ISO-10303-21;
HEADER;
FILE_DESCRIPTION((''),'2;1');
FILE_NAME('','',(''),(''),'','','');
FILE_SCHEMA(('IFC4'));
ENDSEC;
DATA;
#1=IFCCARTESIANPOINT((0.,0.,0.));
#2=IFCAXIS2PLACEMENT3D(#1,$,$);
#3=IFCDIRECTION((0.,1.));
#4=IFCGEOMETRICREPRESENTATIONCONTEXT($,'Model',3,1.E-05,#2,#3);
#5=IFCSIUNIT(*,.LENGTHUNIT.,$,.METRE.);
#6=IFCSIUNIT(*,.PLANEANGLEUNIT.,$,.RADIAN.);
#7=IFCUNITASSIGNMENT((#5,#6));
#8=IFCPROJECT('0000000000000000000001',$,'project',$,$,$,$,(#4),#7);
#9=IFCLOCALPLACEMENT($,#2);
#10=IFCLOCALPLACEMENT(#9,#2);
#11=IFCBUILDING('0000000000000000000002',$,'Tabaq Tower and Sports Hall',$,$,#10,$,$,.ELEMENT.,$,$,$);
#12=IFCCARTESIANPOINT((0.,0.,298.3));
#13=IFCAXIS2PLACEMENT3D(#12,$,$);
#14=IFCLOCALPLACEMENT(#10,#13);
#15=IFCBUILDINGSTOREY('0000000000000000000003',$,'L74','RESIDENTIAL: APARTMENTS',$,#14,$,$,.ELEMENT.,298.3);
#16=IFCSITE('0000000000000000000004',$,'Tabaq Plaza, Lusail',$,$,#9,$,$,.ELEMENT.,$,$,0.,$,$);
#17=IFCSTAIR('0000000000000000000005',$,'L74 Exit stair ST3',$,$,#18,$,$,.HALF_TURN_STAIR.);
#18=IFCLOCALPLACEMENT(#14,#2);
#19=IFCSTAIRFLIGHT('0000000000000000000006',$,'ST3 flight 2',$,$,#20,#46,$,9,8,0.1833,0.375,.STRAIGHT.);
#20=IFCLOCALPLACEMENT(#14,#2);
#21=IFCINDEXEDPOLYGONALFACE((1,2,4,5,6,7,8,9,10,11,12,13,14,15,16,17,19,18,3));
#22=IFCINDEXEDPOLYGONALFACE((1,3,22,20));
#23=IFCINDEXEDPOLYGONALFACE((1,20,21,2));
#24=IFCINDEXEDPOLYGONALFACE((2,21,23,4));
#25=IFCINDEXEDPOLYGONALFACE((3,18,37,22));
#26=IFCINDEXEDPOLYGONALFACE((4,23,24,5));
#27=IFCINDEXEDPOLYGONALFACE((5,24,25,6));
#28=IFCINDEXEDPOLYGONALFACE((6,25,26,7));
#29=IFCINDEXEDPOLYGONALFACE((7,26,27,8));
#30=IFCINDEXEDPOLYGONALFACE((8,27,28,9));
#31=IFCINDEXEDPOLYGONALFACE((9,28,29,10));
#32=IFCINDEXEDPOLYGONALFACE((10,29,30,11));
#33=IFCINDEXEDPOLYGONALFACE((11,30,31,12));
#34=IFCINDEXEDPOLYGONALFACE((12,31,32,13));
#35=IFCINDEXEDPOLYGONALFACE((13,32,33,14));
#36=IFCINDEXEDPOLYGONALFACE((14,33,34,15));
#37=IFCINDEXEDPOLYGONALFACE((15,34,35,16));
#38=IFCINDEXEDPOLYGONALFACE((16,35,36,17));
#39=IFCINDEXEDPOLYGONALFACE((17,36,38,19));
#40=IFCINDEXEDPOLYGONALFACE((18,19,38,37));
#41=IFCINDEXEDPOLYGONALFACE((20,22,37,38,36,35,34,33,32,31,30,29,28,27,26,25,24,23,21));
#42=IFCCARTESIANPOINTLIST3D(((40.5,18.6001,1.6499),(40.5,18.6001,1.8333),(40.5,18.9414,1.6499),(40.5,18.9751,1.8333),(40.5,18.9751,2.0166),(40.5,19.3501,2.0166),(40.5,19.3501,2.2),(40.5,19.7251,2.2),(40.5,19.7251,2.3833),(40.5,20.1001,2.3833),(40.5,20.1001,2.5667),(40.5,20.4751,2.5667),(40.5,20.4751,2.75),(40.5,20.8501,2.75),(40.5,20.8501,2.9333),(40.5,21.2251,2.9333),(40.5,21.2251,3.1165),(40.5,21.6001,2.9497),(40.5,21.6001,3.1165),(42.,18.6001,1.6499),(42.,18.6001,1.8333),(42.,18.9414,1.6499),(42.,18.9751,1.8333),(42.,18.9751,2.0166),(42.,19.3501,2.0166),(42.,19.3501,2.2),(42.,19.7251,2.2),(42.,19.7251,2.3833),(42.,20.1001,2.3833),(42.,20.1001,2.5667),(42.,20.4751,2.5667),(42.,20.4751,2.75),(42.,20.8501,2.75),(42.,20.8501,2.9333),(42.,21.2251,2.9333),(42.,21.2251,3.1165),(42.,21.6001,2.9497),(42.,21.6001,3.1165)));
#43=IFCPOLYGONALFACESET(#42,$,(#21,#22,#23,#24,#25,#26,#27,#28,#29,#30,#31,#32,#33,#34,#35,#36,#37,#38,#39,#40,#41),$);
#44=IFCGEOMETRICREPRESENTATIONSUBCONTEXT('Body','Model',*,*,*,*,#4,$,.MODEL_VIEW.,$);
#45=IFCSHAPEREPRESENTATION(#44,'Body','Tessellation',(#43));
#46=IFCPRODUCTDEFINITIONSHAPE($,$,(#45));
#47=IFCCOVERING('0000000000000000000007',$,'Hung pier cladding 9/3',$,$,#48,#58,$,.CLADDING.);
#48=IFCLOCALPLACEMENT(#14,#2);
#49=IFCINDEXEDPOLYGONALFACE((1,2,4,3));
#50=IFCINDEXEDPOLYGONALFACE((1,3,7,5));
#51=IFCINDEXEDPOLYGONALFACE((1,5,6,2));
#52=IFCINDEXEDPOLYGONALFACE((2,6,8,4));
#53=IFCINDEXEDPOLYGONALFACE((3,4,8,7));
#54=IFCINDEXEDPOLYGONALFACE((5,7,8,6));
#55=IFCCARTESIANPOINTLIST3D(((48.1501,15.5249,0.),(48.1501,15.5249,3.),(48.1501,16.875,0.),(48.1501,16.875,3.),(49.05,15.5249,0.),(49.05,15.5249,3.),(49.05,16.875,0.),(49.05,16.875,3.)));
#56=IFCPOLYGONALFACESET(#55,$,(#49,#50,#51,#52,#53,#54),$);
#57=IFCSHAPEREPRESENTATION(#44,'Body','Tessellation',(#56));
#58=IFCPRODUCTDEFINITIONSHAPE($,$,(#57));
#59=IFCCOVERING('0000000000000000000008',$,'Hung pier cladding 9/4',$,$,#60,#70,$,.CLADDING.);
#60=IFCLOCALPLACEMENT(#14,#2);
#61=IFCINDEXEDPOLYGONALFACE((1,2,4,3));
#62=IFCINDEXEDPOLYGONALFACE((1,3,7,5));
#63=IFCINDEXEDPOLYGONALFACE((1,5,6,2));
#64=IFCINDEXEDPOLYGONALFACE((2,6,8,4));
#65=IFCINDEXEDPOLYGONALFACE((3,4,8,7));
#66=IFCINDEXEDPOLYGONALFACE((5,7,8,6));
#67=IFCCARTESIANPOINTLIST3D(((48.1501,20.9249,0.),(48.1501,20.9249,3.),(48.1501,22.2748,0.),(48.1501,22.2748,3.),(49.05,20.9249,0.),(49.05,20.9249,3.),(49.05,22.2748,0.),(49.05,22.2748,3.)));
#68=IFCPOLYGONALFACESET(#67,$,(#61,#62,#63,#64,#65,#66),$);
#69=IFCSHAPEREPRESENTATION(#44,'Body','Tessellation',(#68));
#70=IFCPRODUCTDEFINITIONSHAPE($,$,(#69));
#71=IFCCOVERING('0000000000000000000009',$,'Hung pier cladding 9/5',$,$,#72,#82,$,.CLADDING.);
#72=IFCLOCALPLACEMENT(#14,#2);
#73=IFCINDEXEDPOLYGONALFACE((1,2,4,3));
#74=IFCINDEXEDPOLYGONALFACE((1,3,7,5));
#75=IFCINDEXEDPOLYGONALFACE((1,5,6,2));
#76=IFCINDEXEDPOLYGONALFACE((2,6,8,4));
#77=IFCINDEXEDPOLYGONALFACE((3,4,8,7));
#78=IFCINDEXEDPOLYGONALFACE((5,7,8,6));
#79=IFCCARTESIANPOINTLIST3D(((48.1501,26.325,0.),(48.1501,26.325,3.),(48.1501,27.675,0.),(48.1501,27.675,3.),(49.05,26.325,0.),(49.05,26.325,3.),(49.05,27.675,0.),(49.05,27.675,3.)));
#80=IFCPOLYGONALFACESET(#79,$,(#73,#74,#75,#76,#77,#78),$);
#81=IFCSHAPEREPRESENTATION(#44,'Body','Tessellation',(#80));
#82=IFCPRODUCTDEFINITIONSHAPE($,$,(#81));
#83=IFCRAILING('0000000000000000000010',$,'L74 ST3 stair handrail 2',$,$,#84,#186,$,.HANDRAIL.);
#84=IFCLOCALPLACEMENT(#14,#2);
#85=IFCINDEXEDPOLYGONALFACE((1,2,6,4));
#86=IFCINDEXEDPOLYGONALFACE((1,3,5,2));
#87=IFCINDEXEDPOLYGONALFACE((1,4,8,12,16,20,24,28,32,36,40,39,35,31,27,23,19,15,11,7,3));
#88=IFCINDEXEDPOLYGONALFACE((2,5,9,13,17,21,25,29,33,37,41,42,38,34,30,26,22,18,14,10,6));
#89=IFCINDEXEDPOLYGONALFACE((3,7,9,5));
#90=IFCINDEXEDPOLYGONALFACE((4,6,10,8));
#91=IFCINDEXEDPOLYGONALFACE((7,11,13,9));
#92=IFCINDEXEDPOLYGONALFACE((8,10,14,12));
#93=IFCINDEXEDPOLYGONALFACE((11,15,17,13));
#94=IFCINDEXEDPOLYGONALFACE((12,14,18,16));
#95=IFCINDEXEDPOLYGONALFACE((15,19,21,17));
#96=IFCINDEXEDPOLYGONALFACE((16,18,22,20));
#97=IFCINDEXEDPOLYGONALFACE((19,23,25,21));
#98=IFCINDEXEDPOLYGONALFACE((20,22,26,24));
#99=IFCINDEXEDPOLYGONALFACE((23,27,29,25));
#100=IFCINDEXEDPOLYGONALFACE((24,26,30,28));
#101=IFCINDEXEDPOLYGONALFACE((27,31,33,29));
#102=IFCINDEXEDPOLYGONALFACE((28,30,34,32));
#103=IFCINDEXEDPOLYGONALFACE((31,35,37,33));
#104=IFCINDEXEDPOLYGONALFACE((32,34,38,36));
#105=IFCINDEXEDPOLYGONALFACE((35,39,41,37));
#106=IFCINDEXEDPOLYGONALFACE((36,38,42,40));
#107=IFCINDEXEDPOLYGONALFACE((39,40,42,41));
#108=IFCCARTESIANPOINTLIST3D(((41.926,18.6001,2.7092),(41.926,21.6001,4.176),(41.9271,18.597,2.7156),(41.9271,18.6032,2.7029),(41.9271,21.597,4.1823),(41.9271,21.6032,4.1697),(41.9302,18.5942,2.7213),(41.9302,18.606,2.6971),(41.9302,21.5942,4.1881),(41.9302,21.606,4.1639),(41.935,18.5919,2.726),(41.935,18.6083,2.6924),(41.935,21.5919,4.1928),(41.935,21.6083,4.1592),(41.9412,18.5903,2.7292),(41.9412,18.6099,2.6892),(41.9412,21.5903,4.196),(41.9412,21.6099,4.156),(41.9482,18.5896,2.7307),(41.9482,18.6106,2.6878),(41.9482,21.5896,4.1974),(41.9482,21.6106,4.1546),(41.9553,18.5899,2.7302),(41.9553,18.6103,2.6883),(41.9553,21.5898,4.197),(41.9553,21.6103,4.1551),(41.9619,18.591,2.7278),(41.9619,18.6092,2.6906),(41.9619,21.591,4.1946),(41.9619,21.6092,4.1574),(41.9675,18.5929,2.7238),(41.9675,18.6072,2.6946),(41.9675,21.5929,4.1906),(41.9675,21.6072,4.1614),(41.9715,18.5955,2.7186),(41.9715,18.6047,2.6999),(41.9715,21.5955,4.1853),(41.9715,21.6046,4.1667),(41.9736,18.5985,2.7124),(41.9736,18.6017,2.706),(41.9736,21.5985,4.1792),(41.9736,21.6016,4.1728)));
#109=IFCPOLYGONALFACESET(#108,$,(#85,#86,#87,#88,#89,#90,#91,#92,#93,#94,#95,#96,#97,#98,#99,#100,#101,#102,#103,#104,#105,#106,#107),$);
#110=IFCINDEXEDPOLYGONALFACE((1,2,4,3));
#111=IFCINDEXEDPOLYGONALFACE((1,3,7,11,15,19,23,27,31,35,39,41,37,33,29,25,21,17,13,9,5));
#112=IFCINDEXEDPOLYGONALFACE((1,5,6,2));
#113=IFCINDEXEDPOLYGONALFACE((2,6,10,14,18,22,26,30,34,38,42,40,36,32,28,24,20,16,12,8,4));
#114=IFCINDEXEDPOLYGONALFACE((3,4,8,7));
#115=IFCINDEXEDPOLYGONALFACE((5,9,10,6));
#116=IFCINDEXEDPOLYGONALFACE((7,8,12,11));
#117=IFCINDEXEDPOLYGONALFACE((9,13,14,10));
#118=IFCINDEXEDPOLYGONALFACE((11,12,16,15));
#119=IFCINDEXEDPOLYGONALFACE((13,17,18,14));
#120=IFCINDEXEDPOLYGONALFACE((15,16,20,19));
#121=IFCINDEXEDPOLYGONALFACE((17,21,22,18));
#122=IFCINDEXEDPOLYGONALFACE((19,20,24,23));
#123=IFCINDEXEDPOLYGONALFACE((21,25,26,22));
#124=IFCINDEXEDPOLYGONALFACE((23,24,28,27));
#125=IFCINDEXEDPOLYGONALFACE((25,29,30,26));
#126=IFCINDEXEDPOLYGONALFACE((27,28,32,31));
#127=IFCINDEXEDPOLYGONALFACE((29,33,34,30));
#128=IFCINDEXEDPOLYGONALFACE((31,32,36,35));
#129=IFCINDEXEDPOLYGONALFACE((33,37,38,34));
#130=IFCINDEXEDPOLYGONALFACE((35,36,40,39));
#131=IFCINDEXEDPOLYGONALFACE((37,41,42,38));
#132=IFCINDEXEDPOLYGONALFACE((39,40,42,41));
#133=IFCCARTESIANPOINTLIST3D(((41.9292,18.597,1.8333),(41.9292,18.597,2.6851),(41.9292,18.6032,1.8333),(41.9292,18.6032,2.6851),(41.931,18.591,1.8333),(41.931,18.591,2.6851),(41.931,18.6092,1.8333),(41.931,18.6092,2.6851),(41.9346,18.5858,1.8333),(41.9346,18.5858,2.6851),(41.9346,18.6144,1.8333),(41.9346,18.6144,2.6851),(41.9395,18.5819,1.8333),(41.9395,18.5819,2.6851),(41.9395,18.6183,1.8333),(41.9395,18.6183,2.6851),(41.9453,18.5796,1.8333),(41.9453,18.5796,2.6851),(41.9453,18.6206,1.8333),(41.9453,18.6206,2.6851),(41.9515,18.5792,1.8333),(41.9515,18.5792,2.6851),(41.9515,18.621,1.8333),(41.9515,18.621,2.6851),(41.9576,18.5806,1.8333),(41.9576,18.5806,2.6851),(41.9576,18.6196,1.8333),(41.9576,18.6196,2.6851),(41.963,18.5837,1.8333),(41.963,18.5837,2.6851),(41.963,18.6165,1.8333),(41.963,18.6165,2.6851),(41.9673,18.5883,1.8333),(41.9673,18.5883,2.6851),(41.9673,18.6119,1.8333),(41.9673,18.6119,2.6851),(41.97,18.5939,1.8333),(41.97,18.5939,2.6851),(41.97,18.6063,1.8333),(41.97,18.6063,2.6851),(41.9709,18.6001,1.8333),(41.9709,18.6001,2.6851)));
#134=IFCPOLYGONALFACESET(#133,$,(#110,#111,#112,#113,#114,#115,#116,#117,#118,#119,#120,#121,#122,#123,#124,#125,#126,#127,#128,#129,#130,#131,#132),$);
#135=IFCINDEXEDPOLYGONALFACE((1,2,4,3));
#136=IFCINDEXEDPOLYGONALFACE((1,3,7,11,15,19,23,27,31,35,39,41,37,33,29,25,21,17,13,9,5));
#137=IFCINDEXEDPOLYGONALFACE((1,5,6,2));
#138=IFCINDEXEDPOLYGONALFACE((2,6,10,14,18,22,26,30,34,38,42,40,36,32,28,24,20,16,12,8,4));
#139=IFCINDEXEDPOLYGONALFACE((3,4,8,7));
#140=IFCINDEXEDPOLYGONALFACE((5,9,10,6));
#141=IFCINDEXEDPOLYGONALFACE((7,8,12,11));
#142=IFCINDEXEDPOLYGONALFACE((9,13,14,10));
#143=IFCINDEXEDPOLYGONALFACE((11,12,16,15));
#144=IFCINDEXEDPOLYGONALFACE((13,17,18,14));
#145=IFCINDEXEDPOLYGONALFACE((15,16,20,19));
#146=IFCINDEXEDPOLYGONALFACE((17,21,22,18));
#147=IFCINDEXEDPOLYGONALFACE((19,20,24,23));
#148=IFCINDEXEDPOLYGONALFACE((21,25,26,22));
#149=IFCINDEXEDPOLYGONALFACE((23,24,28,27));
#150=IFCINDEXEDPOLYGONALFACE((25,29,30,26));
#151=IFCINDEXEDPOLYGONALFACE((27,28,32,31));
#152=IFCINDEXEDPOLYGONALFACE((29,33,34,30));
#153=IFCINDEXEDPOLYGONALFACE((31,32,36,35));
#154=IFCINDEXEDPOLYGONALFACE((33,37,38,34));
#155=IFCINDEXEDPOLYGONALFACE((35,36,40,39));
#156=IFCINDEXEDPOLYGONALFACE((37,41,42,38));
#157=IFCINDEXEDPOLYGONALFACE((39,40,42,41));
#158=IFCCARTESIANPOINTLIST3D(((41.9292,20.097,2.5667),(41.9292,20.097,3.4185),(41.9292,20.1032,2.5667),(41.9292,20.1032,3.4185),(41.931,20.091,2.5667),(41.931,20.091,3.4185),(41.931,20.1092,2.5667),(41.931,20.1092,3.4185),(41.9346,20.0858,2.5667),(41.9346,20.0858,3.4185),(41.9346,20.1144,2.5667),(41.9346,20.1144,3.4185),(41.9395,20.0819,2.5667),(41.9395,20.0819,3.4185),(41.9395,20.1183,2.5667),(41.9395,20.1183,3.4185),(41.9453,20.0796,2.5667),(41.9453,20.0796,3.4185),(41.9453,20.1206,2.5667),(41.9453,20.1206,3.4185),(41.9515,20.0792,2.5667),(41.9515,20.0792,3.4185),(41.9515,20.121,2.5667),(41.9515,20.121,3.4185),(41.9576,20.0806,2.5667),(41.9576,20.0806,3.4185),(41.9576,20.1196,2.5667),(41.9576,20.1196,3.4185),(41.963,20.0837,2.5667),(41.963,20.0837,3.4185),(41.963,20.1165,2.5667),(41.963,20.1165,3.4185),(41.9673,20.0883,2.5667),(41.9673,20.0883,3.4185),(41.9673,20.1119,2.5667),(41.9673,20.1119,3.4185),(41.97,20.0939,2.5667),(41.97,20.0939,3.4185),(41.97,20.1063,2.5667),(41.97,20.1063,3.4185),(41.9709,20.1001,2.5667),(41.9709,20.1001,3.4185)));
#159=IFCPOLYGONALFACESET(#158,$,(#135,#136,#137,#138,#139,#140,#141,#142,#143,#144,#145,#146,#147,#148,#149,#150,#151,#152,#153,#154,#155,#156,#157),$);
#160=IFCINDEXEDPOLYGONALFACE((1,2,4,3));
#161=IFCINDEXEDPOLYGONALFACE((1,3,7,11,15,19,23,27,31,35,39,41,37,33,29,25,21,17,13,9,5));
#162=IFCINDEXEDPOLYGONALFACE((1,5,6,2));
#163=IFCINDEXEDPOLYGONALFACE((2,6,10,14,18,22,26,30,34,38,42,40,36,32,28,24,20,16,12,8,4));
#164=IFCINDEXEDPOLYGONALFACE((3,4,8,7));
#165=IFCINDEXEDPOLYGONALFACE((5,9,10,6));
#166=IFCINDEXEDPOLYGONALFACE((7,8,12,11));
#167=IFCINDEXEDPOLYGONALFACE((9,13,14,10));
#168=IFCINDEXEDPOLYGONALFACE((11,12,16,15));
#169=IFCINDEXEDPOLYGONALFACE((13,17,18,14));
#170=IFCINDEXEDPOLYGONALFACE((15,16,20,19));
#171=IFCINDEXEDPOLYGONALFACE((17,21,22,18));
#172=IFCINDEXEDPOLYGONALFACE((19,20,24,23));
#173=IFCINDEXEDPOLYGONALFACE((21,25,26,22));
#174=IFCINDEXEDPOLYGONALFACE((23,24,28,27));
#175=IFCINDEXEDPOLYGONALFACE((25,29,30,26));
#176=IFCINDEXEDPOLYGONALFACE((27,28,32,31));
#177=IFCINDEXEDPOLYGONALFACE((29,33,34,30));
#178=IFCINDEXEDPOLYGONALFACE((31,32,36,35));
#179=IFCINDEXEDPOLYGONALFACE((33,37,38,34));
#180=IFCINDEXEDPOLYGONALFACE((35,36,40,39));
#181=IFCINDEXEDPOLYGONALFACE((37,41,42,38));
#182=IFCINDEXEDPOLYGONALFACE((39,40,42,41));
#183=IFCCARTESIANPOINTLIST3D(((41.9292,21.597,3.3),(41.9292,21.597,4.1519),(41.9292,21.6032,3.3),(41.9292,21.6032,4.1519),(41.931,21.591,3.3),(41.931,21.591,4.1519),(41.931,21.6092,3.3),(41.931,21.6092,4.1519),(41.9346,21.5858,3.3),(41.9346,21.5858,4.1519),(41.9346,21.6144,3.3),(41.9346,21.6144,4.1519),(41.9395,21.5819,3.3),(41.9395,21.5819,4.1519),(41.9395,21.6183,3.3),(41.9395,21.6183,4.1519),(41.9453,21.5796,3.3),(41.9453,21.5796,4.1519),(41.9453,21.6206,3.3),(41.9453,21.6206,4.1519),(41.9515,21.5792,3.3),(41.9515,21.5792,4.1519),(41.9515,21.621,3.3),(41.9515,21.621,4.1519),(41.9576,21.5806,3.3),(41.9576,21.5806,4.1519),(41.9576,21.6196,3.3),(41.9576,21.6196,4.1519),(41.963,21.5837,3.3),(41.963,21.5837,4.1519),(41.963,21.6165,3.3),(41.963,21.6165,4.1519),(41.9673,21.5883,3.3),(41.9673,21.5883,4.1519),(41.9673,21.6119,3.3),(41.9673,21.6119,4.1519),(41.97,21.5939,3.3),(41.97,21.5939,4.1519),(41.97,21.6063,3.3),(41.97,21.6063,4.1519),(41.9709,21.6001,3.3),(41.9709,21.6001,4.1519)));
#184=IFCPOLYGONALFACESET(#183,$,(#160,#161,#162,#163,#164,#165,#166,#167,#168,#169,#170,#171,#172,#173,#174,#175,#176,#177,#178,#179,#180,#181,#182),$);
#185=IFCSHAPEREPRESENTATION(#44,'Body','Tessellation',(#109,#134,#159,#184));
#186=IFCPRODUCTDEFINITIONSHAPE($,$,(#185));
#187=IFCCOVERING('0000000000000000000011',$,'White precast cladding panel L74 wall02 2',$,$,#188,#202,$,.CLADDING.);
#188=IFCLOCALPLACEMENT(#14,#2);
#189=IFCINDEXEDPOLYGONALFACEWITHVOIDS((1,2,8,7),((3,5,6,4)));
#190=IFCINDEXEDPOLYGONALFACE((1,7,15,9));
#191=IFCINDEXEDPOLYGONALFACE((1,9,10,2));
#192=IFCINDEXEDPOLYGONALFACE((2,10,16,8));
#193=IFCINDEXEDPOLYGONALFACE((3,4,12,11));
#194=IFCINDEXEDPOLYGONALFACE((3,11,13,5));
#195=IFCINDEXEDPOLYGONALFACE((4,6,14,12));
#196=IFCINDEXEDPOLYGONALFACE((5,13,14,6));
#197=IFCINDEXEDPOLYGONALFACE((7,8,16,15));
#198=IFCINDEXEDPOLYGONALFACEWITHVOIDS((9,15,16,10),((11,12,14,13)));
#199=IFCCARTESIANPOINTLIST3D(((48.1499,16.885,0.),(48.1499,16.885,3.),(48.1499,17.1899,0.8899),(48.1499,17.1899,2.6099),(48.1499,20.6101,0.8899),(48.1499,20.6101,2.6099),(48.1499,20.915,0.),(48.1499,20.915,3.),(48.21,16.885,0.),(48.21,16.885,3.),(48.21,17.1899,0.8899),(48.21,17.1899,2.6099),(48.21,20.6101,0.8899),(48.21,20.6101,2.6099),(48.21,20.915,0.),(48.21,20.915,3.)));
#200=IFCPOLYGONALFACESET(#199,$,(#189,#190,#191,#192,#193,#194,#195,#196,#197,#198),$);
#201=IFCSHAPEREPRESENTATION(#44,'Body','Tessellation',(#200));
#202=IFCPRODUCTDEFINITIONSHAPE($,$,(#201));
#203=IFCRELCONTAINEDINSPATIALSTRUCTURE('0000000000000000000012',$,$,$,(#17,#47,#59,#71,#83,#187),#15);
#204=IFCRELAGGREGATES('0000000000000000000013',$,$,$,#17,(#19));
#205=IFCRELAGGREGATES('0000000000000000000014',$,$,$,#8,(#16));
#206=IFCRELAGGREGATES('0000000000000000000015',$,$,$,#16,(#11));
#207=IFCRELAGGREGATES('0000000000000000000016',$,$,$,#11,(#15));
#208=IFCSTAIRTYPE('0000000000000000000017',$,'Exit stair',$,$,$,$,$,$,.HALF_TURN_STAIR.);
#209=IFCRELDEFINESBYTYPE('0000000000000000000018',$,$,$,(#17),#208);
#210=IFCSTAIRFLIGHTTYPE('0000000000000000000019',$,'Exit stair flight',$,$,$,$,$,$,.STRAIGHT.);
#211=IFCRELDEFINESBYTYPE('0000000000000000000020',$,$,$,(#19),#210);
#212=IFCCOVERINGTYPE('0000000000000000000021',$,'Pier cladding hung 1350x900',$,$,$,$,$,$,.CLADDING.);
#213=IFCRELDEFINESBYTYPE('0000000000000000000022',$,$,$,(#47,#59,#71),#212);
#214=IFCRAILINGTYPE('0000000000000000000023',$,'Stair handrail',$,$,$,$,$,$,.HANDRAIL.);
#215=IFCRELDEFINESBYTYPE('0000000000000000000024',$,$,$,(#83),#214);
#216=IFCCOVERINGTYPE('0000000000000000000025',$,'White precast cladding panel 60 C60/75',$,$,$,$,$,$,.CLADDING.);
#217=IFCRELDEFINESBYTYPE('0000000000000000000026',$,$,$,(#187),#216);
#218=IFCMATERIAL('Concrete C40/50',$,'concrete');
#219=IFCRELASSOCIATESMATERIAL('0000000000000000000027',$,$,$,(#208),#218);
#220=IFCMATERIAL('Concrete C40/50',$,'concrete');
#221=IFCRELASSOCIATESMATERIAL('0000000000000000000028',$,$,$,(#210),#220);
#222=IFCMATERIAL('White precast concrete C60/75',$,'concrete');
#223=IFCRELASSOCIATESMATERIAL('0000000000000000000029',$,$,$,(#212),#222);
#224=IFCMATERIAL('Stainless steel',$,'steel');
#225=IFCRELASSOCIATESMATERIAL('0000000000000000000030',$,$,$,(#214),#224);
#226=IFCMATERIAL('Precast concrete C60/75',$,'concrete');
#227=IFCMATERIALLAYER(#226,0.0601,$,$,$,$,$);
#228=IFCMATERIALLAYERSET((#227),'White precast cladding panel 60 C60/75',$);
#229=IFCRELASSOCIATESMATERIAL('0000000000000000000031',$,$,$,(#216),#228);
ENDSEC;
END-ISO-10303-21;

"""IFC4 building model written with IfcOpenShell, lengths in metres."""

from ifc_helpers import new_model, si_unit, direction, frame, frame_2d, origin, origin_2d, place, context, subcontext, project, spatial, polyline, rectangle, circle, outline, extrude, material, layer, layer_set, type_object, element, aggregate, save


model = new_model("IFC4")

# Units and contexts
model_context = context("Model", 3, precision=1e-05, world=origin(), true_north=direction((0.0, 1.0)))
body_context = subcontext(model_context, "Body", "Model", "MODEL_VIEW")
ifc_project = project(units=[si_unit("LENGTHUNIT", "METRE"), si_unit("PLANEANGLEUNIT", "RADIAN")], contexts=[model_context])

# Site, building, storey
site_placement = place(None, origin())
site = spatial("IfcSite", under=ifc_project, at=site_placement, Name="Tabaq Plaza, Lusail", CompositionType="ELEMENT", RefElevation=0.0)
building_placement = place(site_placement, origin())
building = spatial("IfcBuilding", under=site, at=building_placement, Name="Tabaq Tower and Sports Hall", CompositionType="ELEMENT")
storey_placement = place(building_placement, frame((0.0, 0.0, 298.3)))
storey = spatial("IfcBuildingStorey", under=building, at=storey_placement, Name="L74", Description="RESIDENTIAL: APARTMENTS", CompositionType="ELEMENT", Elevation=298.3)

# Stair, stair flight
ifc_material_1 = material(Name="Concrete C40/50", Category="concrete")
stair_type = type_object("IfcStairType", Name="Exit stair", PredefinedType="HALF_TURN_STAIR", material=ifc_material_1)
stair_placement = place(storey_placement, origin())
stair = element("IfcStair", 1, at=stair_placement, inside=storey, type_object=stair_type, Name="L74 Exit stair ST3", PredefinedType="HALF_TURN_STAIR")
ifc_material_2 = material(Name="Concrete C40/50", Category="concrete")
stair_flight_type = type_object("IfcStairFlightType", Name="Exit stair flight", PredefinedType="STRAIGHT", material=ifc_material_2)
stair_flight_1_placement = place(storey_placement, frame((41.25, 18.6001, 1.6499), z_axis=(0.0, 0.0, 1.0), x_axis=(0.0, 1.0, 0.0)))
stair_flight_1 = element("IfcStairFlight", 2, at=stair_flight_1_placement, type_object=stair_flight_type, Name="ST3 flight 2", NumberOfRisers=9, NumberOfTreads=8, PredefinedType="STRAIGHT", RiserHeight=0.1833, TreadLength=0.375, context=body_context, shape_type="SweptSolid", body=[
    extrude(outline(polyline([(0.0, 0.0), (0.0, 0.1833), (0.375, 0.1833), (0.375, 0.3667), (0.75, 0.3667), (0.75, 0.55), (1.125, 0.55), (1.125, 0.7334), (1.5, 0.7334), (1.5, 0.9167), (1.875, 0.9167), (1.875, 1.1001), (2.25, 1.1001), (2.25, 1.2834), (2.625, 1.2834), (2.625, 1.4666), (3.0, 1.4666), (3.0, 1.6499), (3.0, 1.2998), (0.3413, 0.0), (0.0, 0.0)])), frame((0.0, 0.75, 0.0), z_axis=(0.0, -1.0, 0.0), x_axis=(1.0, 0.0, 0.0)), (0.0, 0.0, 1.0), 1.5),
])
aggregate(stair, [stair_flight_1])

# Coverings
ifc_material_3 = material(Name="White precast concrete C60/75", Category="concrete")
covering_type_1 = type_object("IfcCoveringType", Name="Pier cladding hung 1350x900", PredefinedType="CLADDING", material=ifc_material_3)
covering_1_placement = place(storey_placement, frame((48.6001, 15.5249, 0.0), z_axis=(0.0, 0.0, 1.0), x_axis=(0.0, 1.0, 0.0)))
element("IfcCovering", 3, at=covering_1_placement, inside=storey, type_object=covering_type_1, Name="Hung pier cladding 9/3", PredefinedType="CLADDING", context=body_context, shape_type="SweptSolid", body=[
    extrude(rectangle(XDim=1.3501, YDim=0.8999, at=frame_2d((0.675, 0.0))), origin(), (0.0, 0.0, 1.0), 3.0),
])
covering_2_placement = place(storey_placement, frame((48.6001, 20.925, 0.0), z_axis=(0.0, 0.0, 1.0), x_axis=(0.0, 1.0, 0.0)))
element("IfcCovering", 4, at=covering_2_placement, inside=storey, type_object=covering_type_1, Name="Hung pier cladding 9/4", PredefinedType="CLADDING", context=body_context, shape_type="SweptSolid", body=[
    extrude(rectangle(XDim=1.3499, YDim=0.8999, at=frame_2d((0.6748, 0.0))), origin(), (0.0, 0.0, 1.0), 3.0),
])
covering_3_placement = place(storey_placement, frame((48.6001, 26.325, 0.0), z_axis=(0.0, 0.0, 1.0), x_axis=(0.0, 1.0, 0.0)))
element("IfcCovering", 5, at=covering_3_placement, inside=storey, type_object=covering_type_1, Name="Hung pier cladding 9/5", PredefinedType="CLADDING", context=body_context, shape_type="SweptSolid", body=[
    extrude(rectangle(XDim=1.3501, YDim=0.8999, at=frame_2d((0.675, 0.0))), origin(), (0.0, 0.0, 1.0), 3.0),
])

# Railing
ifc_material_4 = material(Name="Stainless steel", Category="steel")
railing_type_1 = type_object("IfcRailingType", Name="Stair handrail", PredefinedType="HANDRAIL", material=ifc_material_4)
railing_1_placement = place(storey_placement, frame((41.95, 18.6001, 1.8333)))
element("IfcRailing", 6, at=railing_1_placement, inside=storey, type_object=railing_type_1, Name="L74 ST3 stair handrail 2", PredefinedType="HANDRAIL", context=body_context, shape_type="SweptSolid", body=[
    extrude(circle(Radius=0.0239, at=origin_2d()), frame((0.0, 0.0, 0.876), z_axis=(0.0, 0.898369, 0.439242), x_axis=(-1.0, 0.0, 0.0)), (0.0, 0.0, 1.0), 3.3394),
    extrude(circle(Radius=0.021, at=origin_2d()), origin(), (0.0, 0.0, 1.0), 0.8518),
    extrude(circle(Radius=0.021, at=origin_2d()), frame((0.0, 1.5, 0.7334)), (0.0, 0.0, 1.0), 0.8518),
    extrude(circle(Radius=0.021, at=origin_2d()), frame((0.0, 3.0, 1.4668)), (0.0, 0.0, 1.0), 0.8518),
])

# Covering
ifc_material_5 = material(Name="Precast concrete C60/75", Category="concrete")
ifc_layer_1 = layer(ifc_material_5, 0.0601)
ifc_layer_set_1 = layer_set([ifc_layer_1], Name="White precast cladding panel 60 C60/75")
covering_type_2 = type_object("IfcCoveringType", Name="White precast cladding panel 60 C60/75", PredefinedType="CLADDING", material=ifc_layer_set_1)
covering_4_placement = place(storey_placement, frame((48.1799, 16.885, 0.0), z_axis=(0.0, 0.0, 1.0), x_axis=(0.0, 1.0, 0.0)))
element("IfcCovering", 7, at=covering_4_placement, inside=storey, type_object=covering_type_2, Name="White precast cladding panel L74 wall02 2", PredefinedType="CLADDING", context=body_context, shape_type="SweptSolid", body=[
    extrude(outline(polyline([(0.0, 0.0), (4.03, 0.0), (4.03, 3.0), (0.0, 3.0), (0.0, 0.0)]), holes=[polyline([(0.3049, 0.8899), (0.3049, 2.6099), (3.7251, 2.6099), (3.7251, 0.8899), (0.3049, 0.8899)])]), frame((0.0, 0.03, 0.0), z_axis=(0.0, -1.0, 0.0), x_axis=(1.0, 0.0, 0.0)), (0.0, 0.0, 1.0), 0.0601),
])

save(model, "model.ifc")
